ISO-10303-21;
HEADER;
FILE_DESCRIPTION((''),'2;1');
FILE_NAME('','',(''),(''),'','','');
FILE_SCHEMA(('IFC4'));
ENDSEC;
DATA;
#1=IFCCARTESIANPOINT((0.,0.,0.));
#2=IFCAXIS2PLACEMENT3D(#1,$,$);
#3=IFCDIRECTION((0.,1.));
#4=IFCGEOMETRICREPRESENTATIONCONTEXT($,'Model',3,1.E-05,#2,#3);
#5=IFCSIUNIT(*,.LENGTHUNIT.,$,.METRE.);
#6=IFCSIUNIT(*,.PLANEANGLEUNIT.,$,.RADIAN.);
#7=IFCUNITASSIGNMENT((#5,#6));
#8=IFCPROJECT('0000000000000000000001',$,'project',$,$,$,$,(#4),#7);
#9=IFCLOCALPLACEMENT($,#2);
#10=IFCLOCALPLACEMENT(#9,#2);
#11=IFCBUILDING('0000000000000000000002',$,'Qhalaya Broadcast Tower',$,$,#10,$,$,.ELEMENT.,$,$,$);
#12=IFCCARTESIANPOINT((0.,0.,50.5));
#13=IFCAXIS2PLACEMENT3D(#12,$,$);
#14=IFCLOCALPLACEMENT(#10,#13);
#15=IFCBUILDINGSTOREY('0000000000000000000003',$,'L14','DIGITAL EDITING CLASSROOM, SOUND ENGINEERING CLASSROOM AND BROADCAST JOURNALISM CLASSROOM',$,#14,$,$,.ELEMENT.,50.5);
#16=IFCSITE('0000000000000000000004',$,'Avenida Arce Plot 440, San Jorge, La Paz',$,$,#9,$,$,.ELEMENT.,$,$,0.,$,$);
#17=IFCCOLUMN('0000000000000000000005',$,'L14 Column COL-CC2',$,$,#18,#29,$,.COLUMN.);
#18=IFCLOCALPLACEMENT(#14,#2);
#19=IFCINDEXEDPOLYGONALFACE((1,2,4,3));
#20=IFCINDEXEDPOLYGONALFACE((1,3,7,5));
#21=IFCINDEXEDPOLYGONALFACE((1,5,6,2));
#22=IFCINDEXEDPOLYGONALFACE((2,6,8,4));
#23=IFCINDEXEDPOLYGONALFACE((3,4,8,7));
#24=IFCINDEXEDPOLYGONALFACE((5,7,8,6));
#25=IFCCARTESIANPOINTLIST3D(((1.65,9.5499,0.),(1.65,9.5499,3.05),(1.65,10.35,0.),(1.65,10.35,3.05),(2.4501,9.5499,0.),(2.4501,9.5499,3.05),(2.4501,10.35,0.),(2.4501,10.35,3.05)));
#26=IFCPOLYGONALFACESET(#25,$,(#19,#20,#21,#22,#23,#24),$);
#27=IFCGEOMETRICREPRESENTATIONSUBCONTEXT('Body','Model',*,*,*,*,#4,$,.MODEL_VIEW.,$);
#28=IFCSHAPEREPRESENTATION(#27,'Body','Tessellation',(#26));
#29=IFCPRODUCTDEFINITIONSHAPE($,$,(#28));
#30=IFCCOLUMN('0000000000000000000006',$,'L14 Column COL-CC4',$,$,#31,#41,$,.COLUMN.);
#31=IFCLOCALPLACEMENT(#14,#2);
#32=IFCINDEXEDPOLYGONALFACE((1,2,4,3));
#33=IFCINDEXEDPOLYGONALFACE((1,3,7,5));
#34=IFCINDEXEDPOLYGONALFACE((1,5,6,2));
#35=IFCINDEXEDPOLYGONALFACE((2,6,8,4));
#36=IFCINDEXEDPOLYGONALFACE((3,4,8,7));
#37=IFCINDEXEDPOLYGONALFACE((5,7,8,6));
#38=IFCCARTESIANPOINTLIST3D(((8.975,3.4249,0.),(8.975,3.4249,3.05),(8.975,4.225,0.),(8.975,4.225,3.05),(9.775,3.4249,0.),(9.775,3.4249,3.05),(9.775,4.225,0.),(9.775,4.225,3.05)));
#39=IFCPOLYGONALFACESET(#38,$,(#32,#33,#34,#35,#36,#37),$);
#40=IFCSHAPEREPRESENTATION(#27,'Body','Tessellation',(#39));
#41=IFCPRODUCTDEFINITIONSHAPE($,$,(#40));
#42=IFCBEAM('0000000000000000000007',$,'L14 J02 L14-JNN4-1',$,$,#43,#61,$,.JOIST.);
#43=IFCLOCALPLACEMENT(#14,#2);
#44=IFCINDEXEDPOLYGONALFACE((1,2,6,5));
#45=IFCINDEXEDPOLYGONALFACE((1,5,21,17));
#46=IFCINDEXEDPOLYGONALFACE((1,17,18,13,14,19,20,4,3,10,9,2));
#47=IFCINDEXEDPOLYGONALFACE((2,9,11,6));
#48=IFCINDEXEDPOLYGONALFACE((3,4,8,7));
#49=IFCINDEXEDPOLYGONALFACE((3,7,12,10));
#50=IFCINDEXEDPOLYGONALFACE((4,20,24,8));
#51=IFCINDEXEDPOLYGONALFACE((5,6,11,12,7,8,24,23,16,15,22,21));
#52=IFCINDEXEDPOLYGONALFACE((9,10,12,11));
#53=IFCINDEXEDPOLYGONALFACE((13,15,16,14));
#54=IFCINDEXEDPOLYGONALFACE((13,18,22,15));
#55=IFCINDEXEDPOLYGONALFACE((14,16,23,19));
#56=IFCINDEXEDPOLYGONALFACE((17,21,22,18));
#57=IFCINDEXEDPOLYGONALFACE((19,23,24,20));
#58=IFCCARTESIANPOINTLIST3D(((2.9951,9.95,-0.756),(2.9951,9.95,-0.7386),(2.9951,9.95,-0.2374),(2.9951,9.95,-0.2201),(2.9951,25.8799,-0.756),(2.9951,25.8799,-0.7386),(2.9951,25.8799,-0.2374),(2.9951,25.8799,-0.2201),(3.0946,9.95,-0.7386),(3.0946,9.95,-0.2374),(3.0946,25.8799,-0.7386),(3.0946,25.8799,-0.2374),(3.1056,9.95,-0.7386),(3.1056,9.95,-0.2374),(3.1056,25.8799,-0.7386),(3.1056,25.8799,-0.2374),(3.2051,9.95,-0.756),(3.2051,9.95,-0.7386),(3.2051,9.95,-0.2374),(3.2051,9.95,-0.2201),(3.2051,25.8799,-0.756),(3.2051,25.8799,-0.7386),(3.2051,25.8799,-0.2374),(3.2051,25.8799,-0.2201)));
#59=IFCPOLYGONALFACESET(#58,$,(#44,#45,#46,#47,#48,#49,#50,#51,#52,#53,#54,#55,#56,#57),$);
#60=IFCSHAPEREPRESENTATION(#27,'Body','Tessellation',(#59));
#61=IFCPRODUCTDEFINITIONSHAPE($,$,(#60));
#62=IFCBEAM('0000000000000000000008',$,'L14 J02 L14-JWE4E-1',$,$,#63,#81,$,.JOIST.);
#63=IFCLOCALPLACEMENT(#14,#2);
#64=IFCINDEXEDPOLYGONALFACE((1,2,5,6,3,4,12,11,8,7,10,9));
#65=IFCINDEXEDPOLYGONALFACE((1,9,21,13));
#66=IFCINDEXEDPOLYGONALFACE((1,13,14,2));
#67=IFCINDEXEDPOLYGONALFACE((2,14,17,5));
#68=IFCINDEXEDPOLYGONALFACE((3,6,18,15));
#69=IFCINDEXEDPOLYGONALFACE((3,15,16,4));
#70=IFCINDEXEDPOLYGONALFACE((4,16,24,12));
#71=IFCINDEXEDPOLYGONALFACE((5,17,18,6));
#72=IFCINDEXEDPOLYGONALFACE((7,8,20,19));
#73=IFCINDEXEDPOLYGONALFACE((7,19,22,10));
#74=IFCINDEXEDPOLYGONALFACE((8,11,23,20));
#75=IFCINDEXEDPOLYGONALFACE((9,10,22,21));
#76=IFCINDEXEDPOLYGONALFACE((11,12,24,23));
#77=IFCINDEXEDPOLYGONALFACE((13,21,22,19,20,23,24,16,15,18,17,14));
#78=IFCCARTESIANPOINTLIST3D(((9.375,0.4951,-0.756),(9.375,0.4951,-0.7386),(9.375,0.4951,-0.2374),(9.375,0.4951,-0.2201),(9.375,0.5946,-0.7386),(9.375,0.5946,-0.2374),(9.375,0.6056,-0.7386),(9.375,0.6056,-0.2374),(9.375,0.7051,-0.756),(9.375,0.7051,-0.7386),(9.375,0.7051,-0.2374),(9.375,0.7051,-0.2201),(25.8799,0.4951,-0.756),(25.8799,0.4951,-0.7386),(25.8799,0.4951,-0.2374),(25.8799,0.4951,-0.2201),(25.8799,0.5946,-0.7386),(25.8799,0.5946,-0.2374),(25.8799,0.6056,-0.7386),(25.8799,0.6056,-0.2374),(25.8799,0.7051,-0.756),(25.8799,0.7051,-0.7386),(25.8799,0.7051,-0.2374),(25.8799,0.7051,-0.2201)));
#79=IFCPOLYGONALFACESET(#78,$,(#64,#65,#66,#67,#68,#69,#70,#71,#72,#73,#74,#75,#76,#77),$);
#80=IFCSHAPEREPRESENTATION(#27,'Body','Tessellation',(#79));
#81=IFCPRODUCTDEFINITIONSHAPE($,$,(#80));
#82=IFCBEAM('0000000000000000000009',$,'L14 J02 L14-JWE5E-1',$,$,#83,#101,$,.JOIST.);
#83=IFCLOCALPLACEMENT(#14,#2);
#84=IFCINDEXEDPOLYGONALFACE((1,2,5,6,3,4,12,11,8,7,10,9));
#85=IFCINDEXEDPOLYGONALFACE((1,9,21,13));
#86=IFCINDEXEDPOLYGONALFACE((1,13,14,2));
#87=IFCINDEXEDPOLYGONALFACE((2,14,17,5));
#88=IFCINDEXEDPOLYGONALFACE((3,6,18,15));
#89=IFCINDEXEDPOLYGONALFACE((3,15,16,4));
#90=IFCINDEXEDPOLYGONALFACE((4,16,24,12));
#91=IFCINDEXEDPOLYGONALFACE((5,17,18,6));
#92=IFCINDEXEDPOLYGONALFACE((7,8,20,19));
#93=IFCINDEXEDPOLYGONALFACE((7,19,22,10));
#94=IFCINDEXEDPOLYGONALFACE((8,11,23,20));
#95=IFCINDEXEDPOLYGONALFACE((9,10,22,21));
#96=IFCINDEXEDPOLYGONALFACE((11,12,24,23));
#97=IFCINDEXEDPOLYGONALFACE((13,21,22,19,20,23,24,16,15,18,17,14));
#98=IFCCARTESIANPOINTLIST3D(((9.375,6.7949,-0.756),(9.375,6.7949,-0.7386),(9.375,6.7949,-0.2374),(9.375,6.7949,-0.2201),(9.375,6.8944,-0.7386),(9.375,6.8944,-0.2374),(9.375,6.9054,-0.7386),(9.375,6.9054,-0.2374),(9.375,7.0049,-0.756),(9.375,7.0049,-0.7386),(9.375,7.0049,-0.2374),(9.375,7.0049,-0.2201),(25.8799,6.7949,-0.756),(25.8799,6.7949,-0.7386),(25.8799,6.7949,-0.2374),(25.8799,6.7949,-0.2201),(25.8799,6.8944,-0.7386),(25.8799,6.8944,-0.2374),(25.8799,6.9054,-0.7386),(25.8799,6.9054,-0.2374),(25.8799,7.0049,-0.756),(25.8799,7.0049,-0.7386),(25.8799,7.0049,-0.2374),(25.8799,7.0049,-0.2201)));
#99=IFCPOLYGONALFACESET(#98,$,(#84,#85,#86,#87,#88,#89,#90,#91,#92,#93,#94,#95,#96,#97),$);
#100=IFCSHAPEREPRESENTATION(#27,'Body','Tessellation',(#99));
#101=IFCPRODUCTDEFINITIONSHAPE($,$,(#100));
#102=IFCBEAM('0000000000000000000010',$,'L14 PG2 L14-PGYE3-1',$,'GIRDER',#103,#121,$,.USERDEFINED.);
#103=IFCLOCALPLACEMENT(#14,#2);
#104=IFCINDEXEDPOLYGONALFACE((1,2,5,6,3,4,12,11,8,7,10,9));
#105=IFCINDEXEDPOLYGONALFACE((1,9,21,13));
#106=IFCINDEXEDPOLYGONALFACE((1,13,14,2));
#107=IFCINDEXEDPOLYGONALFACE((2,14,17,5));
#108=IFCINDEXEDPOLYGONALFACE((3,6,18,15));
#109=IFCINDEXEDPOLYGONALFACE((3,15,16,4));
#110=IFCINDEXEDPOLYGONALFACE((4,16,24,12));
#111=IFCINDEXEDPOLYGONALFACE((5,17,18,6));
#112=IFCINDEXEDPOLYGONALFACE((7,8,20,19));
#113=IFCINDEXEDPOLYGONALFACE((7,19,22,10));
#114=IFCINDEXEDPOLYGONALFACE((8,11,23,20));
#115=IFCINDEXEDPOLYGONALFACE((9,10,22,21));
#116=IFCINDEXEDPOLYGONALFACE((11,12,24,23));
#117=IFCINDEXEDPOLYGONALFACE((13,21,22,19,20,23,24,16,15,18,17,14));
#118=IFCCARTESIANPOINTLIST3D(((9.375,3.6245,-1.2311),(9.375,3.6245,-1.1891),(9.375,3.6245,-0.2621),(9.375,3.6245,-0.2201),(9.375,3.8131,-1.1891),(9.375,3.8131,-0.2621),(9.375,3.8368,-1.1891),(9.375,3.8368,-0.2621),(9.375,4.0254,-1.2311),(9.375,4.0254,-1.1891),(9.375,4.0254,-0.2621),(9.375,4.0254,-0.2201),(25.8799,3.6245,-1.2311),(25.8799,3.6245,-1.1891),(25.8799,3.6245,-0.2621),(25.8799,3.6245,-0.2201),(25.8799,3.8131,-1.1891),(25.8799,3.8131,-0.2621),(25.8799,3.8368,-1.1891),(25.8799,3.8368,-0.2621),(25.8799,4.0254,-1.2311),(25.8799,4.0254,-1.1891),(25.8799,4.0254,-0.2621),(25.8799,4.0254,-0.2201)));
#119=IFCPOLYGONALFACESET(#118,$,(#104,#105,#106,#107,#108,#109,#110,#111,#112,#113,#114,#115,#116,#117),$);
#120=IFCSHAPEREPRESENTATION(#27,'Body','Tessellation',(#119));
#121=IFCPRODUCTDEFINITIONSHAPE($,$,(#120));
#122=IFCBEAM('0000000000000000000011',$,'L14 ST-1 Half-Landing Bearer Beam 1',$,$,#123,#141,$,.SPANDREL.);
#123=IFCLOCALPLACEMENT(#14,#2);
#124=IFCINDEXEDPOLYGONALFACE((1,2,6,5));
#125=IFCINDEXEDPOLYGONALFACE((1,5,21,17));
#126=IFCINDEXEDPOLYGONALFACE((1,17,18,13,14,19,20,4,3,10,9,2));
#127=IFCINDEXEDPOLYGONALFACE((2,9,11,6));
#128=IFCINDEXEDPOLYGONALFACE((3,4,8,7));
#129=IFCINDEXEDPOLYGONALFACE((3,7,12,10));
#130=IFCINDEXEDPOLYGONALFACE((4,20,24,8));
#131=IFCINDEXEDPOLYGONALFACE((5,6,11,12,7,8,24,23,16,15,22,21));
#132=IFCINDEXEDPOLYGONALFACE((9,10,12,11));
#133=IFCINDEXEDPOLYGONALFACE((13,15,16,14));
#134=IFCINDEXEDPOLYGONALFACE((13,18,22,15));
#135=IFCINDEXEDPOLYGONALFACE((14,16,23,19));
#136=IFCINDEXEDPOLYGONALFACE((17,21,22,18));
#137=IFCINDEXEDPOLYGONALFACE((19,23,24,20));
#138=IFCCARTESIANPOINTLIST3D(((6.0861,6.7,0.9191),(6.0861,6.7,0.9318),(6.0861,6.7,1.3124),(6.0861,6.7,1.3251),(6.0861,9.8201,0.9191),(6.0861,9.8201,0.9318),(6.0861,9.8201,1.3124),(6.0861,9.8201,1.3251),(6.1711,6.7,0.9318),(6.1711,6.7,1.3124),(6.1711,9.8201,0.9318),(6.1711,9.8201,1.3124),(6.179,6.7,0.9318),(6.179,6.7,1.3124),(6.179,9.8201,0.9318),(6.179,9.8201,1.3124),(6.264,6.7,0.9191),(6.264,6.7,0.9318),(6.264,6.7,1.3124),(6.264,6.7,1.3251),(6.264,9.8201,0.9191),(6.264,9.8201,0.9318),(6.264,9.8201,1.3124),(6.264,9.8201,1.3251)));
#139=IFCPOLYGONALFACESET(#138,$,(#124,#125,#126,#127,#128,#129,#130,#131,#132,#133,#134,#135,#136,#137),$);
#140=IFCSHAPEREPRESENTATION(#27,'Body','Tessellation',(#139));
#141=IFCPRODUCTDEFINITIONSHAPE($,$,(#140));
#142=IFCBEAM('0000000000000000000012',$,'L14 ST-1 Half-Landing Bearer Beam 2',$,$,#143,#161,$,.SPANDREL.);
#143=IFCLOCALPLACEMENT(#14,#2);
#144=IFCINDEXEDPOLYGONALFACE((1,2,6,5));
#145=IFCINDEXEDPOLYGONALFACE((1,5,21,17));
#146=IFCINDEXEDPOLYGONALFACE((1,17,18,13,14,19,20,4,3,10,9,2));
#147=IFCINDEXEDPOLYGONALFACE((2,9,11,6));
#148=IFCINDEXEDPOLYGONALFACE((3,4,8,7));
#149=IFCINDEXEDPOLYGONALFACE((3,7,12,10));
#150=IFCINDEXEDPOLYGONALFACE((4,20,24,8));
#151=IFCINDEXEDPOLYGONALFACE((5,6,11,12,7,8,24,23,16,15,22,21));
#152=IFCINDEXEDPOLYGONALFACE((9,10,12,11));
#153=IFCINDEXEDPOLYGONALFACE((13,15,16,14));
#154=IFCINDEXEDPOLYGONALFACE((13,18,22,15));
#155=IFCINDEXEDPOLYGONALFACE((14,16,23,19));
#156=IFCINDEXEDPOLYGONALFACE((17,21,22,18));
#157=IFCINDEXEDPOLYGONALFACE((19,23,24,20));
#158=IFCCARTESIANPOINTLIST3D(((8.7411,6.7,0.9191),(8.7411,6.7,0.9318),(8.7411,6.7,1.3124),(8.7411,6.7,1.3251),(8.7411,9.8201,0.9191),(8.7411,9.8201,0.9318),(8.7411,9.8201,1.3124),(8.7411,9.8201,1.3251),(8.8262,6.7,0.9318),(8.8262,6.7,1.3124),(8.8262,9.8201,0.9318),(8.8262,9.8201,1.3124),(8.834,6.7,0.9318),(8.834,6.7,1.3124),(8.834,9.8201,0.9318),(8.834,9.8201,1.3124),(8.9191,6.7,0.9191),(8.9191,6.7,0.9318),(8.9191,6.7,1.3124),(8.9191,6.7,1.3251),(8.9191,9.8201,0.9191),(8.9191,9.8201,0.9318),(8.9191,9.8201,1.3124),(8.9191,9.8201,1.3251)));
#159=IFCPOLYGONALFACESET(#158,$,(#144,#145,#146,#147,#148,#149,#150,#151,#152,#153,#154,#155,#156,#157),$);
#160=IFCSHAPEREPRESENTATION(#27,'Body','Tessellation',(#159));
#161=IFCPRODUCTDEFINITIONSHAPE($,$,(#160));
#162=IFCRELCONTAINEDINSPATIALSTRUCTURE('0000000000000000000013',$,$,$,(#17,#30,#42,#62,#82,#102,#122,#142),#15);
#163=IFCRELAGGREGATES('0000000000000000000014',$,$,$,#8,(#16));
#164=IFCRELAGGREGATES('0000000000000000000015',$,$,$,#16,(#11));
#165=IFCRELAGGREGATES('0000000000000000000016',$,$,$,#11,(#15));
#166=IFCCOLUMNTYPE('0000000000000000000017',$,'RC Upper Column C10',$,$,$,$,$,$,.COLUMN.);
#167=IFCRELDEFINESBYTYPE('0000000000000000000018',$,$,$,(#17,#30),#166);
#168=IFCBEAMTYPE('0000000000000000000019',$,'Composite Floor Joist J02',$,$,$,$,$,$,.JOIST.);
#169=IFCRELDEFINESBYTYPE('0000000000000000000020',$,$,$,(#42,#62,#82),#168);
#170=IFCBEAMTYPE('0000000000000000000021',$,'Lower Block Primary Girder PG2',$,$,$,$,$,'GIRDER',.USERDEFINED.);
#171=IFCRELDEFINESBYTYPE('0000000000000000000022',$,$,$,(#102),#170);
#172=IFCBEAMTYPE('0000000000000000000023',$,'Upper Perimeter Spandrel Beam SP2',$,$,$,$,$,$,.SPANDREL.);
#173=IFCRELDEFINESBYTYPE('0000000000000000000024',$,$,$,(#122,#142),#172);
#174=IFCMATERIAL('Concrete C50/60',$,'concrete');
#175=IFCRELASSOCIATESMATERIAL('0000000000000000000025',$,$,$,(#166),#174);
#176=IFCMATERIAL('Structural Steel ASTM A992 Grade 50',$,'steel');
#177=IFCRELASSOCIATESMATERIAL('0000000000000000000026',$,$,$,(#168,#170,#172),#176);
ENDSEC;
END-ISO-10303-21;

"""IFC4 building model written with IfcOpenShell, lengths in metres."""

from ifc_helpers import new_model, si_unit, direction, frame, origin, origin_2d, place, context, subcontext, project, spatial, rectangle, i_section, extrude, material, material_profile, profile_set, type_object, element, save


model = new_model("IFC4")

# Units and contexts
model_context = context("Model", 3, precision=1e-05, world=origin(), true_north=direction((0.0, 1.0)))
body_context = subcontext(model_context, "Body", "Model", "MODEL_VIEW")
ifc_project = project(units=[si_unit("LENGTHUNIT", "METRE"), si_unit("PLANEANGLEUNIT", "RADIAN")], contexts=[model_context])

# Site, building, storey
site_placement = place(None, origin())
site = spatial("IfcSite", under=ifc_project, at=site_placement, Name="Avenida Arce Plot 440, San Jorge, La Paz", CompositionType="ELEMENT", RefElevation=0.0)
building_placement = place(site_placement, origin())
building = spatial("IfcBuilding", under=site, at=building_placement, Name="Qhalaya Broadcast Tower", CompositionType="ELEMENT")
storey_placement = place(building_placement, frame((0.0, 0.0, 50.5)))
storey = spatial("IfcBuildingStorey", under=building, at=storey_placement, Name="L14", Description="DIGITAL EDITING CLASSROOM, SOUND ENGINEERING CLASSROOM AND BROADCAST JOURNALISM CLASSROOM", CompositionType="ELEMENT", Elevation=50.5)

# Columns
ifc_material_1 = material(Name="Concrete C50/60", Category="concrete")
ifc_material_profile_1 = material_profile(ifc_material_1, rectangle(XDim=0.8, YDim=0.8, at=origin_2d()), Name="RC-COL 800x800")
ifc_profile_set_1 = profile_set([ifc_material_profile_1], Name="Concrete C50/60")
column_type = type_object("IfcColumnType", Name="RC Upper Column C10", PredefinedType="COLUMN", material=ifc_profile_set_1)
for number, where, z_axis, x_axis, name in (
    (1, (2.05, 9.95, 0.0), (0.0, 0.0, 1.0), (1.0, 0.0, 0.0), "L14 Column COL-CC2"),
    (2, (9.375, 3.825, 0.0), (0.0, 0.0, 1.0), (1.0, 0.0, 0.0), "L14 Column COL-CC4"),
):
    element("IfcColumn", number, at=place(storey_placement, frame(where, z_axis=z_axis, x_axis=x_axis)), inside=storey, type_object=column_type, Name=name, PredefinedType="COLUMN", context=body_context, shape_type="SweptSolid", body=[
        extrude(rectangle(XDim=0.8, YDim=0.8, at=origin_2d()), origin(), (0.0, 0.0, 1.0), 3.05),
    ])

# Beams
ifc_material_2 = material(Name="Structural Steel ASTM A992 Grade 50", Category="steel")
ifc_material_profile_2 = material_profile(ifc_material_2, i_section(OverallWidth=0.21, OverallDepth=0.5359, WebThickness=0.011, FlangeThickness=0.0173, at=origin_2d()), Name="W21X68")
ifc_profile_set_2 = profile_set([ifc_material_profile_2], Name="Structural Steel ASTM A992 Grade 50")
beam_type_1 = type_object("IfcBeamType", Name="Composite Floor Joist J02", PredefinedType="JOIST", material=ifc_profile_set_2)
beam_1_placement = place(storey_placement, frame((3.1001, 9.95, -0.488), z_axis=(0.0, 1.0, 0.0), x_axis=(-1.0, 0.0, 0.0)))
element("IfcBeam", 3, at=beam_1_placement, inside=storey, type_object=beam_type_1, Name="L14 J02 L14-JNN4-1", PredefinedType="JOIST", context=body_context, shape_type="SweptSolid", body=[
    extrude(i_section(OverallWidth=0.21, OverallDepth=0.5359, WebThickness=0.011, FlangeThickness=0.0173, at=origin_2d()), origin(), (0.0, 0.0, 1.0), 15.9299),
])
for number, where, z_axis, x_axis, name in (
    (4, (9.375, 0.6001, -0.488), (1.0, 0.0, 0.0), (0.0, 1.0, 0.0), "L14 J02 L14-JWE4E-1"),
    (5, (9.375, 6.8999, -0.488), (1.0, 0.0, 0.0), (0.0, 1.0, 0.0), "L14 J02 L14-JWE5E-1"),
):
    element("IfcBeam", number, at=place(storey_placement, frame(where, z_axis=z_axis, x_axis=x_axis)), inside=storey, type_object=beam_type_1, Name=name, PredefinedType="JOIST", context=body_context, shape_type="SweptSolid", body=[
        extrude(i_section(OverallWidth=0.21, OverallDepth=0.5359, WebThickness=0.011, FlangeThickness=0.0173, at=origin_2d()), origin(), (0.0, 0.0, 1.0), 16.5049),
    ])
ifc_material_profile_3 = material_profile(ifc_material_2, i_section(OverallWidth=0.4009, OverallDepth=1.011, WebThickness=0.0237, FlangeThickness=0.042, at=origin_2d()), Name="W40X297")
ifc_profile_set_3 = profile_set([ifc_material_profile_3], Name="Structural Steel ASTM A992 Grade 50")
beam_type_2 = type_object("IfcBeamType", Name="Lower Block Primary Girder PG2", ElementType="GIRDER", PredefinedType="USERDEFINED", material=ifc_profile_set_3)
beam_2_placement = place(storey_placement, frame((9.375, 3.825, -0.7256), z_axis=(1.0, 0.0, 0.0), x_axis=(0.0, 1.0, 0.0)))
element("IfcBeam", 6, at=beam_2_placement, inside=storey, type_object=beam_type_2, Name="L14 PG2 L14-PGYE3-1", ObjectType="GIRDER", PredefinedType="USERDEFINED", context=body_context, shape_type="SweptSolid", body=[
    extrude(i_section(OverallWidth=0.4009, OverallDepth=1.011, WebThickness=0.0237, FlangeThickness=0.042, at=origin_2d()), origin(), (0.0, 0.0, 1.0), 16.5049),
])
ifc_material_profile_4 = material_profile(ifc_material_2, i_section(OverallWidth=0.178, OverallDepth=0.406, WebThickness=0.0078, FlangeThickness=0.0127, at=origin_2d()), Name="W16X40")
ifc_profile_set_4 = profile_set([ifc_material_profile_4], Name="Structural Steel ASTM A992 Grade 50")
beam_type_3 = type_object("IfcBeamType", Name="Upper Perimeter Spandrel Beam SP2", PredefinedType="SPANDREL", material=ifc_profile_set_4)
for number, where, z_axis, x_axis, name in (
    (7, (6.175, 6.7, 1.1221), (0.0, 1.0, 0.0), (-1.0, 0.0, 0.0), "L14 ST-1 Half-Landing Bearer Beam 1"),
    (8, (8.8301, 6.7, 1.1221), (0.0, 1.0, 0.0), (-1.0, 0.0, 0.0), "L14 ST-1 Half-Landing Bearer Beam 2"),
):
    element("IfcBeam", number, at=place(storey_placement, frame(where, z_axis=z_axis, x_axis=x_axis)), inside=storey, type_object=beam_type_3, Name=name, PredefinedType="SPANDREL", context=body_context, shape_type="SweptSolid", body=[
        extrude(i_section(OverallWidth=0.178, OverallDepth=0.406, WebThickness=0.0078, FlangeThickness=0.0127, at=origin_2d()), origin(), (0.0, 0.0, 1.0), 3.1201),
    ])

save(model, "model.ifc")
